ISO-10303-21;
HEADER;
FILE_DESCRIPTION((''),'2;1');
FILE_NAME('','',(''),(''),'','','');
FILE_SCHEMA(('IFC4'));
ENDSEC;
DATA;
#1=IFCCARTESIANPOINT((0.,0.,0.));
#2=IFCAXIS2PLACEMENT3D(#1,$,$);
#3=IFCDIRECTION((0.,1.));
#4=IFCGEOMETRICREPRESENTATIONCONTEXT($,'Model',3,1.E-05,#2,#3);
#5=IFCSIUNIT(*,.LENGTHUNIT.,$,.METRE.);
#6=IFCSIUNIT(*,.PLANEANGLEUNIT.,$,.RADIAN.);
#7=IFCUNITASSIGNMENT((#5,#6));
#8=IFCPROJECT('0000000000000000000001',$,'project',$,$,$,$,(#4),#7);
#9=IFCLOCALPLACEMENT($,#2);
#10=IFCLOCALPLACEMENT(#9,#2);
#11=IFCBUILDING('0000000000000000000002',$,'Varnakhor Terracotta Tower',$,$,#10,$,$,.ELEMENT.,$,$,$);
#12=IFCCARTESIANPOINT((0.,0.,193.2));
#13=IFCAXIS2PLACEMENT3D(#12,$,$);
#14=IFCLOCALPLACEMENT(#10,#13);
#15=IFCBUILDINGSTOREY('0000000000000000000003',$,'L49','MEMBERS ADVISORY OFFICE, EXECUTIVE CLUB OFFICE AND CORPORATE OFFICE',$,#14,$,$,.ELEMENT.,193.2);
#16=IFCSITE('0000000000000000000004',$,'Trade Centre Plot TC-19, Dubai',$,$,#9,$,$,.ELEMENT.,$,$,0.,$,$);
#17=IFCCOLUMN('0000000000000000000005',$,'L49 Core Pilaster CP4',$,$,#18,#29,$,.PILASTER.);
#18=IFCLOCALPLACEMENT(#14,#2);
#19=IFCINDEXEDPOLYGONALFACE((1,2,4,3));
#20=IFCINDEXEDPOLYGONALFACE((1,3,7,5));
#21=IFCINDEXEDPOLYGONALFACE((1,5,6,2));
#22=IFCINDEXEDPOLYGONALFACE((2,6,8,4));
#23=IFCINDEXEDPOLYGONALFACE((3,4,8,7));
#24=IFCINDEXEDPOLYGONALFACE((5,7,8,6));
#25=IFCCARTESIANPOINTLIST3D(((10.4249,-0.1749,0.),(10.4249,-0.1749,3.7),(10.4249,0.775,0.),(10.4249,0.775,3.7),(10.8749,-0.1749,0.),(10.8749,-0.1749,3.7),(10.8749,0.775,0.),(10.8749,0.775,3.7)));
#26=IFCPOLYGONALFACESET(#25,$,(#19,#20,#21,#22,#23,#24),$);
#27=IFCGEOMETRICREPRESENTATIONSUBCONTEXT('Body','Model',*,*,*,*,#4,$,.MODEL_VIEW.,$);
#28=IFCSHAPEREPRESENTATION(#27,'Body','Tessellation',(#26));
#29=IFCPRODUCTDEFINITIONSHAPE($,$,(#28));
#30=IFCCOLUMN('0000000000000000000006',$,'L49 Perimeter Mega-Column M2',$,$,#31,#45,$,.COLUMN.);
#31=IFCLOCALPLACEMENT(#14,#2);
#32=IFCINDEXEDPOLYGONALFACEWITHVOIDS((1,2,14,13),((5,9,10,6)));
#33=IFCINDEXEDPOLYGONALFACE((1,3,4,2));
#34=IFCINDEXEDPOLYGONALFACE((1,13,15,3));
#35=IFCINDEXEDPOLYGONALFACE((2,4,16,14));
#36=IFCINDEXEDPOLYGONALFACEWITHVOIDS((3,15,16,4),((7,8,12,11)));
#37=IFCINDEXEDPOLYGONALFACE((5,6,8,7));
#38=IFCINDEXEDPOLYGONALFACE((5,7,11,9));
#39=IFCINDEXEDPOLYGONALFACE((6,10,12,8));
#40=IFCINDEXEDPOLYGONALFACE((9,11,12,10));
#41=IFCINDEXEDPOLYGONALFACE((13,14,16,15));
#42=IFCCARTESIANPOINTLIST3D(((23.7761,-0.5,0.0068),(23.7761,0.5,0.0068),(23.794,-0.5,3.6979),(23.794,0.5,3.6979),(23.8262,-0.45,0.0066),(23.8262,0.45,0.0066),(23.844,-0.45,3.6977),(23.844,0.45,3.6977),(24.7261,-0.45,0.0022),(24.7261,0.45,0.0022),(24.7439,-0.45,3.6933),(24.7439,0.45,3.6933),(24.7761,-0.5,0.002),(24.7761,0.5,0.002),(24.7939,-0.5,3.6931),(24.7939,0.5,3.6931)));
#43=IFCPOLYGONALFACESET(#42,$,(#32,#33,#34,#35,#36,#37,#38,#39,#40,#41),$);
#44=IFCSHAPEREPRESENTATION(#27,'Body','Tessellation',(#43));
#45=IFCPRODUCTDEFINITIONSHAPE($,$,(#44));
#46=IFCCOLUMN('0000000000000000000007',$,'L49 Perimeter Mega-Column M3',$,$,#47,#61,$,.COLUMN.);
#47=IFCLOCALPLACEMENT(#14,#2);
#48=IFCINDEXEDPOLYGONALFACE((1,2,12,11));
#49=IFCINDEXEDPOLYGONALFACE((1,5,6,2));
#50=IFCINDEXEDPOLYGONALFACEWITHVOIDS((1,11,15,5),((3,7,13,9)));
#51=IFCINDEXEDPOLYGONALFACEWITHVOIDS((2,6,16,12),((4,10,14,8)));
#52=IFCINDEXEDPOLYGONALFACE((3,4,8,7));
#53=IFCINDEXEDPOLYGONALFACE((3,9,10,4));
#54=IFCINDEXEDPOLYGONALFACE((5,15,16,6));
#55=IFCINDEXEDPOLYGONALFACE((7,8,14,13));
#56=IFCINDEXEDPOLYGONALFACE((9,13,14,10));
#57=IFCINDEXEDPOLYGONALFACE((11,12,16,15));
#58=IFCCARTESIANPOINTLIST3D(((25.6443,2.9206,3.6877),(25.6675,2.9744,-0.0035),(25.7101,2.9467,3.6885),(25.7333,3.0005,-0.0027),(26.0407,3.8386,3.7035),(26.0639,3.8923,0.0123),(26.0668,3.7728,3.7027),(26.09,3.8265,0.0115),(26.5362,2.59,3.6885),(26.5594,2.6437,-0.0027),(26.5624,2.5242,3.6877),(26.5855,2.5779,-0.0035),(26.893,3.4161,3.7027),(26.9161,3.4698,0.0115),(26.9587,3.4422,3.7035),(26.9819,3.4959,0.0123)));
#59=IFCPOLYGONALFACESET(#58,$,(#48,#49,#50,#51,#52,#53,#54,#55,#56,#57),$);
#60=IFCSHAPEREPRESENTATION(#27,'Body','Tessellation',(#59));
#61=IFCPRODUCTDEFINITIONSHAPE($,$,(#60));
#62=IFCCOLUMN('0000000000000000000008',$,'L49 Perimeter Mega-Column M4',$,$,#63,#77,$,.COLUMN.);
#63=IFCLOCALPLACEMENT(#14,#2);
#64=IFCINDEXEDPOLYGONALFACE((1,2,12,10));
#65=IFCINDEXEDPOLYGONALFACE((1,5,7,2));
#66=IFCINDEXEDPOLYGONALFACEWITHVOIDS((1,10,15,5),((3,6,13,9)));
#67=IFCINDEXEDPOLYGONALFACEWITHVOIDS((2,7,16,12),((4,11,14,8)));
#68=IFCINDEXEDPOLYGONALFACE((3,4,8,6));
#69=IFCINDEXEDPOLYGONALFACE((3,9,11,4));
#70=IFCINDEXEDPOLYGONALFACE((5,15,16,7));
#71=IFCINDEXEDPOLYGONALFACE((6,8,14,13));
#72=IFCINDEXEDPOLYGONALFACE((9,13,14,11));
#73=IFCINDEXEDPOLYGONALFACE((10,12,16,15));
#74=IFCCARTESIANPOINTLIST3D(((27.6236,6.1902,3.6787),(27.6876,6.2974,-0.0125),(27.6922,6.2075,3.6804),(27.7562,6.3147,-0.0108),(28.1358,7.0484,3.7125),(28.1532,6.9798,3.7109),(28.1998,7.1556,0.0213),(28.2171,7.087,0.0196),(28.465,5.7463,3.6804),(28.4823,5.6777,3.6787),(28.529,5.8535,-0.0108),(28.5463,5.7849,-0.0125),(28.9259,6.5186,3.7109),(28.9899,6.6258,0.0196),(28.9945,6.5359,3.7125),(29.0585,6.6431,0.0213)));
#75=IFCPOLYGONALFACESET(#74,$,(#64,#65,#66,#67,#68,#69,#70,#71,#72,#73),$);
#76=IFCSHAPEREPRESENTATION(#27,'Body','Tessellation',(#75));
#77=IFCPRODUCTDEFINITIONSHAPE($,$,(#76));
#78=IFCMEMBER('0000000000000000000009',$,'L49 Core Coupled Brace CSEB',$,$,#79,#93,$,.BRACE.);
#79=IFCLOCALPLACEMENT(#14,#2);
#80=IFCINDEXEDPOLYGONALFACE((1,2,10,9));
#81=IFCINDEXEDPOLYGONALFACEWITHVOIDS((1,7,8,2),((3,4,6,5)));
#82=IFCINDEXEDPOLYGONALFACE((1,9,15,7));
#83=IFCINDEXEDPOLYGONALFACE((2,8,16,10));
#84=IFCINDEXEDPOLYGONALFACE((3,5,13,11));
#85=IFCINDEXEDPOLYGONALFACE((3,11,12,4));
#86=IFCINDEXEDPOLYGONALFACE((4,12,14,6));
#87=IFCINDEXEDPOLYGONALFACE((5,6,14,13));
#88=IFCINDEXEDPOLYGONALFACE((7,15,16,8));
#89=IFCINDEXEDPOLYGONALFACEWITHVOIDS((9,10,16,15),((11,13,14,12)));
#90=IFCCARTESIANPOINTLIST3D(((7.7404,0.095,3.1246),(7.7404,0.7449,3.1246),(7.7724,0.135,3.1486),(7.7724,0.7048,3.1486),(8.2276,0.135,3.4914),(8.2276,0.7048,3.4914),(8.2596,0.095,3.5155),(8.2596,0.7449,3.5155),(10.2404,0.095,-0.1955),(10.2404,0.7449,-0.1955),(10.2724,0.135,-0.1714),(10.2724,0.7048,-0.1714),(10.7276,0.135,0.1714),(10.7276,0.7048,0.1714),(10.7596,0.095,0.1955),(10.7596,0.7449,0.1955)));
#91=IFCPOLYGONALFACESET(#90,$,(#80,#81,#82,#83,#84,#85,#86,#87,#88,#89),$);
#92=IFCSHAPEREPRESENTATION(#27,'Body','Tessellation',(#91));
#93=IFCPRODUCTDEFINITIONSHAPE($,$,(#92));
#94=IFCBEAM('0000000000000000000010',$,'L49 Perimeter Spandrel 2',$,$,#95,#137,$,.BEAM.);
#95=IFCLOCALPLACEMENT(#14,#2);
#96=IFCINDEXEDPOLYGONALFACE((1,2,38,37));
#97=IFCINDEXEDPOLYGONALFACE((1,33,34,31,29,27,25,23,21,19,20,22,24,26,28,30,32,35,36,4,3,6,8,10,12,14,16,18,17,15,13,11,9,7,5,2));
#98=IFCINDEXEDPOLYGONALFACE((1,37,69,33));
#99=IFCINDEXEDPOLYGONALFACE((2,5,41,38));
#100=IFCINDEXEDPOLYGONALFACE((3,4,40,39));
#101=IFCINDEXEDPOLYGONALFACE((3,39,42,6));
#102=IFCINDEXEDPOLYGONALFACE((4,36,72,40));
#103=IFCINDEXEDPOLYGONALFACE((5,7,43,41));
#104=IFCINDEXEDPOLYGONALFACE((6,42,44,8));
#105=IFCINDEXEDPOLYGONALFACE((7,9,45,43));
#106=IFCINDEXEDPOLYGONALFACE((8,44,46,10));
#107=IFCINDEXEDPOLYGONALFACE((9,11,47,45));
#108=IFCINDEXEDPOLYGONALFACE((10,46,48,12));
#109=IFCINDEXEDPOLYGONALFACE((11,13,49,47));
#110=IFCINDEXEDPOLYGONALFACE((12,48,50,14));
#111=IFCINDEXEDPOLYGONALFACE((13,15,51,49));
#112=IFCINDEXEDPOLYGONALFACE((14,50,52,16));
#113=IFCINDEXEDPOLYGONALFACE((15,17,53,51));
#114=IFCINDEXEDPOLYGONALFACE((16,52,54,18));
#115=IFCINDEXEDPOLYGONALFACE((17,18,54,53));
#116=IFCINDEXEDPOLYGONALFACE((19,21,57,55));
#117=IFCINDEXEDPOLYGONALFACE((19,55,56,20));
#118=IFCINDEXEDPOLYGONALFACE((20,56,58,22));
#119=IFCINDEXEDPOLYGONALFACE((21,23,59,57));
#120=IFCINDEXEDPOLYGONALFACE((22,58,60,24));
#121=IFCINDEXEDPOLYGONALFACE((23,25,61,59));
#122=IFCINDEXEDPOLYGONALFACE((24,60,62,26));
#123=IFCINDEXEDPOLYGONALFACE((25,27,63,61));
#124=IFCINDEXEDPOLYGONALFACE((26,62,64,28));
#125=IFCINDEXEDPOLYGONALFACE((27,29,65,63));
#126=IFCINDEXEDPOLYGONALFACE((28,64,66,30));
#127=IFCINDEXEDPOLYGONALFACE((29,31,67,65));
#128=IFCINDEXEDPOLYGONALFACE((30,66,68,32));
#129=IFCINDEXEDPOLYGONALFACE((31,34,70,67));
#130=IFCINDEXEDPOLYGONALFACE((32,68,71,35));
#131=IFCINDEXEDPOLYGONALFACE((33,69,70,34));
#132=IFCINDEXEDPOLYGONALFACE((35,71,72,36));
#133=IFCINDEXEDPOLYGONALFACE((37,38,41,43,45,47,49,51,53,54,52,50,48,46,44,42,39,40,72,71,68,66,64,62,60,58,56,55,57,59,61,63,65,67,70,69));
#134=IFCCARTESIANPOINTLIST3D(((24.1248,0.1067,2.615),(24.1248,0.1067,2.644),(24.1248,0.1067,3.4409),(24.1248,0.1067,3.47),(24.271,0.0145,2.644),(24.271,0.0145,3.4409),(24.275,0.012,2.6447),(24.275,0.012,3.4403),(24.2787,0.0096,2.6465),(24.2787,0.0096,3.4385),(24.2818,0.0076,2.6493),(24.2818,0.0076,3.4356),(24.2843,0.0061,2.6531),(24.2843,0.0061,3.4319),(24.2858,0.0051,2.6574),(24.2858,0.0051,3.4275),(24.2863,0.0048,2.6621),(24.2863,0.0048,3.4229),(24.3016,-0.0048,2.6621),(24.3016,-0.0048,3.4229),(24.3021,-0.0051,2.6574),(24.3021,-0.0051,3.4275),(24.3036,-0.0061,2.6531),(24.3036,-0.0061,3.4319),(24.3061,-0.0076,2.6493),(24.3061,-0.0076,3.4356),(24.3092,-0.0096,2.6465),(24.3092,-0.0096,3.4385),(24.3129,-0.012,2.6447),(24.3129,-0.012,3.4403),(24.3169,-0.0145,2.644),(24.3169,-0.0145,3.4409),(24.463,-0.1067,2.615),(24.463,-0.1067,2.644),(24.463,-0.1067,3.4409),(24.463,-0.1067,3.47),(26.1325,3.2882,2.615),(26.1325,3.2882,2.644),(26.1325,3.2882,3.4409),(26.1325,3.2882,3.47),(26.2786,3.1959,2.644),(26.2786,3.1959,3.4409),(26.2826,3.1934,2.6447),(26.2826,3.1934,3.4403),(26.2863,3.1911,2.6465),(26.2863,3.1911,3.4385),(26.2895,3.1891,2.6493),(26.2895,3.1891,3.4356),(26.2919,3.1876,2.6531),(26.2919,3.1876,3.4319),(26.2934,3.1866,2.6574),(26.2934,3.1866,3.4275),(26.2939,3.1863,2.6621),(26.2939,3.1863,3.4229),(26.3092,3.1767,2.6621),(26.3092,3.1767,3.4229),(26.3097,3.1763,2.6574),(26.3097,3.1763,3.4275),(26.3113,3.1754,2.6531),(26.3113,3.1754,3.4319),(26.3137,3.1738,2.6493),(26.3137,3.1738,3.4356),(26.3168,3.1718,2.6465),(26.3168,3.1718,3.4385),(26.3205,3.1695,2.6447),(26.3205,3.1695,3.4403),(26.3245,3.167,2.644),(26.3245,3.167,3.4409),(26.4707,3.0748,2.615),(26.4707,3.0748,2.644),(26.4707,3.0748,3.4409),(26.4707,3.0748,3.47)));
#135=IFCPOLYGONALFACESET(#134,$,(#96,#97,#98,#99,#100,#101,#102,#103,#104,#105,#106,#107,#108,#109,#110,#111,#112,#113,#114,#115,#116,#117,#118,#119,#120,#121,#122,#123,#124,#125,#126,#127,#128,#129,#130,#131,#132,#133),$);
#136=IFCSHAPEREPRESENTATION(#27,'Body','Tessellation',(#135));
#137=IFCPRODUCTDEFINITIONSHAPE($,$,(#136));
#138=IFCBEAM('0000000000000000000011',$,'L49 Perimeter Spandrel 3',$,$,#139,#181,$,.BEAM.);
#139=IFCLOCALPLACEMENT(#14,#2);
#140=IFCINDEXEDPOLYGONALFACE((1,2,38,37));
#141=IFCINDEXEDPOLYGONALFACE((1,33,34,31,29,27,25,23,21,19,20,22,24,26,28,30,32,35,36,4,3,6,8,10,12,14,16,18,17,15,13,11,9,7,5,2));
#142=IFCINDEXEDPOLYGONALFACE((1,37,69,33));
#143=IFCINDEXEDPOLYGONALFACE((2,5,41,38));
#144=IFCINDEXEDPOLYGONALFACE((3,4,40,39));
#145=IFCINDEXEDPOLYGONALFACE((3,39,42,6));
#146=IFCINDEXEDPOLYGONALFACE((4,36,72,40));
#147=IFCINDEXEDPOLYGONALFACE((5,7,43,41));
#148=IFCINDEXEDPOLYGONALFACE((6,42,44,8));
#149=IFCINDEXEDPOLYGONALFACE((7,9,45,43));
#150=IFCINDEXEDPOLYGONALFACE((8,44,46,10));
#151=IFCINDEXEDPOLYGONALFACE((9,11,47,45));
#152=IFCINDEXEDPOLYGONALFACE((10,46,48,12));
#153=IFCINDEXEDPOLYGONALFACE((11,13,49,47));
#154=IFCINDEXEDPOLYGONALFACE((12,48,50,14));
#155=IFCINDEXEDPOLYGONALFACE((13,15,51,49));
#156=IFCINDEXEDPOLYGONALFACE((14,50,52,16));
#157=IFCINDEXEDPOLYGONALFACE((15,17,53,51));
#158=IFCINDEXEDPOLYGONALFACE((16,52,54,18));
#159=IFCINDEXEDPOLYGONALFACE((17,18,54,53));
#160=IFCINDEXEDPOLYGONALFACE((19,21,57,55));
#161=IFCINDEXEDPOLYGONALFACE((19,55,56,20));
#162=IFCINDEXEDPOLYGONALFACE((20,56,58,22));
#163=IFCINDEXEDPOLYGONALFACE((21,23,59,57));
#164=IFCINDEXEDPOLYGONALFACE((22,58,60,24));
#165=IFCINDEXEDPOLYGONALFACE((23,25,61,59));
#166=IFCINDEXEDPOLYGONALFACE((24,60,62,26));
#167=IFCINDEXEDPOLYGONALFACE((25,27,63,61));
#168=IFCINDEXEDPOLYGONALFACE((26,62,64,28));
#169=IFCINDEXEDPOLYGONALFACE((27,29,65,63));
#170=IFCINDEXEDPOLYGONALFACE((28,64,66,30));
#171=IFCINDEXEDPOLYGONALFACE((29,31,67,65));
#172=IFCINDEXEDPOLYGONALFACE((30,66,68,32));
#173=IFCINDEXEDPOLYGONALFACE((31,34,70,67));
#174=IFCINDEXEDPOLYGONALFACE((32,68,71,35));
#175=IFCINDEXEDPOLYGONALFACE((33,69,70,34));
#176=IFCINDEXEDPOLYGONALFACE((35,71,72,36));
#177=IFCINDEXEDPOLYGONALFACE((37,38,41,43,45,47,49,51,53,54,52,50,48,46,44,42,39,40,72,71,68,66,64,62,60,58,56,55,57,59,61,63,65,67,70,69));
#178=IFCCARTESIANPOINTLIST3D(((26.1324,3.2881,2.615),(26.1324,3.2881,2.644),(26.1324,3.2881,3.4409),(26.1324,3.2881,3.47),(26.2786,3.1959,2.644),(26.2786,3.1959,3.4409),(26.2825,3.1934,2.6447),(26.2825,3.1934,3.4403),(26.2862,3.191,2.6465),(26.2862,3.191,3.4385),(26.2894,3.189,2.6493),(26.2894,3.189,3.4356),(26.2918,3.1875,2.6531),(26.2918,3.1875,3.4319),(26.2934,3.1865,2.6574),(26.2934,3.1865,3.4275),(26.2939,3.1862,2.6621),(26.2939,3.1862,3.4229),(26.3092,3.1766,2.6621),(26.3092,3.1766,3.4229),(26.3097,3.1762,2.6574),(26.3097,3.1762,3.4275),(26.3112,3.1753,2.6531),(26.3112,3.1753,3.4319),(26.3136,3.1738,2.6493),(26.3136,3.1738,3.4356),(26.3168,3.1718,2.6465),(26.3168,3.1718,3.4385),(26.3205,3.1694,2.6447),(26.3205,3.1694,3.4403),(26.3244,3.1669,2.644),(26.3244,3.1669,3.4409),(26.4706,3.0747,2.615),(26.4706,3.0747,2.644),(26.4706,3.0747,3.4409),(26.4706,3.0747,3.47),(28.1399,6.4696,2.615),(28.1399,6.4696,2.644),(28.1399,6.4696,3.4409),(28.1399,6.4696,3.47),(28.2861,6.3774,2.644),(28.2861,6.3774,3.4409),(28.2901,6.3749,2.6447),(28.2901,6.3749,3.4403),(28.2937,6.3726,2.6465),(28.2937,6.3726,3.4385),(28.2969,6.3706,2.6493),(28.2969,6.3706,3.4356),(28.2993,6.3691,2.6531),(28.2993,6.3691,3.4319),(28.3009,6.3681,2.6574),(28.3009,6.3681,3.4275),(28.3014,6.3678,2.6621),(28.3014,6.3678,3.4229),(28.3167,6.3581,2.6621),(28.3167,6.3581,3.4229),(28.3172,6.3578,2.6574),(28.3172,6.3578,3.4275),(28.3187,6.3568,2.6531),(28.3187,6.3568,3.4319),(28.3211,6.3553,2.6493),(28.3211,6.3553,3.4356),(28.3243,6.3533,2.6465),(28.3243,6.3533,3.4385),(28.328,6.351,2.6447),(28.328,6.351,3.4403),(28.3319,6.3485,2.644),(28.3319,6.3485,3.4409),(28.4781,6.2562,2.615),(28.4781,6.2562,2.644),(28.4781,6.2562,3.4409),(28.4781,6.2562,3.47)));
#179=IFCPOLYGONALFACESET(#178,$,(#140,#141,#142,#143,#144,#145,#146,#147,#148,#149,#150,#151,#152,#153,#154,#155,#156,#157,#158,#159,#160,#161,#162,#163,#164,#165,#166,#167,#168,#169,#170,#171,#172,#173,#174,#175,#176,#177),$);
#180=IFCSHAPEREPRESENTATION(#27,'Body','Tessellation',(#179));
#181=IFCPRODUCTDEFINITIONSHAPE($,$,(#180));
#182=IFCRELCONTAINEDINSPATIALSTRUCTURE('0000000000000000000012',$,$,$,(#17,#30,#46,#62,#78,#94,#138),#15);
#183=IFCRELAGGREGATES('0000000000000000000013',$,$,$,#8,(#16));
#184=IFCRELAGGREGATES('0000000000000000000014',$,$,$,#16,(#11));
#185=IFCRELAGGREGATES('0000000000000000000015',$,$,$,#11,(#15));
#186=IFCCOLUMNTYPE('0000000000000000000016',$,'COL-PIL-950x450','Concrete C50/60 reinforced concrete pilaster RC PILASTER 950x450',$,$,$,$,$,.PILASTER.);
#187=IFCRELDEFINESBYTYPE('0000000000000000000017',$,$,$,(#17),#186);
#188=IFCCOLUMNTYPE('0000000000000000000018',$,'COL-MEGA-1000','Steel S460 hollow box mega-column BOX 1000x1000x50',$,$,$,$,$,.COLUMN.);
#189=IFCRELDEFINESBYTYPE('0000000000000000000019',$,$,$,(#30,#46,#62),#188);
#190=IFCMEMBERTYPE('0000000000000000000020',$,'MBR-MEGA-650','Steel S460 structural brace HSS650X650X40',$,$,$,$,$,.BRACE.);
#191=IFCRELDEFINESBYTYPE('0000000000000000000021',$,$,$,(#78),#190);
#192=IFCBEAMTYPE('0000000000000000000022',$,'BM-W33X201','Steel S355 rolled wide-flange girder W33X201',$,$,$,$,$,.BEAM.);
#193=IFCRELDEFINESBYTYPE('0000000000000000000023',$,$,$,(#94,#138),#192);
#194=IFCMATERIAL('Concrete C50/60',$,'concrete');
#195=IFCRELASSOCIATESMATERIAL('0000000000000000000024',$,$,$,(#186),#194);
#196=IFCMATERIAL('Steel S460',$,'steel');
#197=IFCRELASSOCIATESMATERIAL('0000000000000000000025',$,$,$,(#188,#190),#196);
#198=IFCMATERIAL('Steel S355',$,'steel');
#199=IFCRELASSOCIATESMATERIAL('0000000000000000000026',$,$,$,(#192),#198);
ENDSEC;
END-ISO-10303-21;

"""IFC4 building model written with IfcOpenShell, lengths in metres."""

from ifc_helpers import new_model, si_unit, direction, frame, origin, origin_2d, place, context, subcontext, project, spatial, rectangle, hollow_rectangle, i_section, extrude, source, transform, mapped, material, material_profile, profile_set, type_object, element, save


model = new_model("IFC4")

# Units and contexts
model_context = context("Model", 3, precision=1e-05, world=origin(), true_north=direction((0.0, 1.0)))
body_context = subcontext(model_context, "Body", "Model", "MODEL_VIEW")
ifc_project = project(units=[si_unit("LENGTHUNIT", "METRE"), si_unit("PLANEANGLEUNIT", "RADIAN")], contexts=[model_context])

# Site, building, storey
site_placement = place(None, origin())
site = spatial("IfcSite", under=ifc_project, at=site_placement, Name="Trade Centre Plot TC-19, Dubai", CompositionType="ELEMENT", RefElevation=0.0)
building_placement = place(site_placement, origin())
building = spatial("IfcBuilding", under=site, at=building_placement, Name="Varnakhor Terracotta Tower", CompositionType="ELEMENT")
storey_placement = place(building_placement, frame((0.0, 0.0, 193.2)))
storey = spatial("IfcBuildingStorey", under=building, at=storey_placement, Name="L49", Description="MEMBERS ADVISORY OFFICE, EXECUTIVE CLUB OFFICE AND CORPORATE OFFICE", CompositionType="ELEMENT", Elevation=193.2)

# Columns
ifc_material_1 = material(Name="Concrete C50/60", Category="concrete")
ifc_material_profile_1 = material_profile(ifc_material_1, rectangle(XDim=0.45, YDim=0.95, at=origin_2d()), Name="RC PILASTER 950x450")
ifc_profile_set_1 = profile_set([ifc_material_profile_1], Name="Concrete C50/60")
column_type_1 = type_object("IfcColumnType", Name="COL-PIL-950x450", Description="Concrete C50/60 reinforced concrete pilaster RC PILASTER 950x450", PredefinedType="PILASTER", material=ifc_profile_set_1)
shared_shape_1 = source(origin(), body_context, "Body", "SweptSolid", [
    extrude(rectangle(XDim=0.45, YDim=0.95, at=origin_2d()), origin(), (0.0, 0.0, 1.0), 3.7),
])
column_1_placement = place(storey_placement, frame((10.6499, 0.3, 0.0), z_axis=(0.0, 0.0, 1.0), x_axis=(1.0, 0.0, 0.0)))
element("IfcColumn", 1, at=column_1_placement, inside=storey, type_object=column_type_1, Name="L49 Core Pilaster CP4", PredefinedType="PILASTER", context=body_context, shape_type="MappedRepresentation", body=[
    mapped(shared_shape_1, transform((0.0, 0.0, 0.0), scale=1.0)),
])
ifc_material_2 = material(Name="Steel S460", Category="steel")
ifc_material_profile_2 = material_profile(ifc_material_2, hollow_rectangle(XDim=1.0, YDim=1.0, WallThickness=0.05, at=origin_2d()), Name="BOX 1000x1000x50")
ifc_profile_set_2 = profile_set([ifc_material_profile_2], Name="Steel S460")
column_type_2 = type_object("IfcColumnType", Name="COL-MEGA-1000", Description="Steel S460 hollow box mega-column BOX 1000x1000x50", PredefinedType="COLUMN", material=ifc_profile_set_2)
shared_shape_2 = source(origin(), body_context, "Body", "SweptSolid", [
    extrude(hollow_rectangle(XDim=1.0, YDim=1.0, WallThickness=0.05, at=origin_2d()), origin(), (0.0, 0.0, 1.0), 3.6912),
])
column_2_placement = place(storey_placement, frame((24.2761, 0.0, 0.0044), z_axis=(0.004828, 0.0, 0.999988), x_axis=(0.0, 1.0, 0.0)))
element("IfcColumn", 2, at=column_2_placement, inside=storey, type_object=column_type_2, Name="L49 Perimeter Mega-Column M2", PredefinedType="COLUMN", context=body_context, shape_type="MappedRepresentation", body=[
    mapped(shared_shape_2, transform((0.0, 0.0, 0.0), scale=1.0)),
])
shared_shape_3 = source(origin(), body_context, "Body", "SweptSolid", [
    extrude(hollow_rectangle(XDim=1.0, YDim=1.0, WallThickness=0.05, at=origin_2d()), origin(), (0.0, 0.0, 1.0), 3.6917),
])
column_3_placement = place(storey_placement, frame((26.3247, 3.2351, 0.0044), z_axis=(-0.006283, -0.014549, 0.999874), x_axis=(0.918062, -0.396436, 0.0)))
element("IfcColumn", 3, at=column_3_placement, inside=storey, type_object=column_type_2, Name="L49 Perimeter Mega-Column M3", PredefinedType="COLUMN", context=body_context, shape_type="MappedRepresentation", body=[
    mapped(shared_shape_3, transform((0.0, 0.0, 0.0), scale=1.0)),
])
shared_shape_4 = source(origin(), body_context, "Body", "SweptSolid", [
    extrude(hollow_rectangle(XDim=1.0, YDim=1.0, WallThickness=0.05, at=origin_2d()), origin(), (0.0, 0.0, 1.0), 3.6934),
])
column_4_placement = place(storey_placement, frame((28.373, 6.4702, 0.0044), z_axis=(-0.017319, -0.02902, 0.999429), x_axis=(0.858699, -0.512481, 0.0)))
element("IfcColumn", 4, at=column_4_placement, inside=storey, type_object=column_type_2, Name="L49 Perimeter Mega-Column M4", PredefinedType="COLUMN", context=body_context, shape_type="MappedRepresentation", body=[
    mapped(shared_shape_4, transform((0.0, 0.0, 0.0), scale=1.0)),
])

# Member
ifc_material_profile_3 = material_profile(ifc_material_2, hollow_rectangle(XDim=0.6499, YDim=0.6499, WallThickness=0.04, at=origin_2d()), Name="HSS650X650X40")
ifc_profile_set_3 = profile_set([ifc_material_profile_3], Name="Steel S460")
member_type_1 = type_object("IfcMemberType", Name="MBR-MEGA-650", Description="Steel S460 structural brace HSS650X650X40", PredefinedType="BRACE", material=ifc_profile_set_3)
shared_shape_5 = source(origin(), body_context, "Body", "SweptSolid", [
    extrude(hollow_rectangle(XDim=0.6499, YDim=0.6499, WallThickness=0.04, at=origin_2d()), origin(), (0.0, 0.0, 1.0), 4.156),
])
member_1_placement = place(storey_placement, frame((10.5, 0.4199, 0.0), z_axis=(-0.601531, 0.0, 0.79885), x_axis=(0.0, -1.0, 0.0)))
element("IfcMember", 5, at=member_1_placement, inside=storey, type_object=member_type_1, Name="L49 Core Coupled Brace CSEB", PredefinedType="BRACE", context=body_context, shape_type="MappedRepresentation", body=[
    mapped(shared_shape_5, transform((0.0, 0.0, 0.0), scale=1.0)),
])

# Beams
ifc_material_3 = material(Name="Steel S355", Category="steel")
ifc_material_profile_4 = material_profile(ifc_material_3, i_section(OverallWidth=0.3999, OverallDepth=0.855, WebThickness=0.0181, FlangeThickness=0.0291, FilletRadius=0.0181, at=origin_2d()), Name="W33X201")
ifc_profile_set_4 = profile_set([ifc_material_profile_4], Name="Steel S355")
beam_type_1 = type_object("IfcBeamType", Name="BM-W33X201", Description="Steel S355 rolled wide-flange girder W33X201", PredefinedType="BEAM", material=ifc_profile_set_4)
shared_shape_6 = source(origin(), body_context, "Body", "SweptSolid", [
    extrude(i_section(OverallWidth=0.3999, OverallDepth=0.855, WebThickness=0.0181, FlangeThickness=0.0291, FilletRadius=0.0181, at=origin_2d()), origin(), (0.0, 0.0, 1.0), 3.762),
])
for number, where, z_axis, x_axis, name in (
    (6, (24.2939, 0.0, 3.0425), (0.533663, 0.845697, 0.0), (-0.845697, 0.533663, 0.0), "L49 Perimeter Spandrel 2"),
    (7, (26.3015, 3.1814, 3.0425), (0.533634, 0.845716, 0.0), (-0.845716, 0.533634, 0.0), "L49 Perimeter Spandrel 3"),
):
    element("IfcBeam", number, at=place(storey_placement, frame(where, z_axis=z_axis, x_axis=x_axis)), inside=storey, type_object=beam_type_1, Name=name, PredefinedType="BEAM", context=body_context, shape_type="MappedRepresentation", body=[
        mapped(shared_shape_6, transform((0.0, 0.0, 0.0), scale=1.0)),
    ])

save(model, "model.ifc")
